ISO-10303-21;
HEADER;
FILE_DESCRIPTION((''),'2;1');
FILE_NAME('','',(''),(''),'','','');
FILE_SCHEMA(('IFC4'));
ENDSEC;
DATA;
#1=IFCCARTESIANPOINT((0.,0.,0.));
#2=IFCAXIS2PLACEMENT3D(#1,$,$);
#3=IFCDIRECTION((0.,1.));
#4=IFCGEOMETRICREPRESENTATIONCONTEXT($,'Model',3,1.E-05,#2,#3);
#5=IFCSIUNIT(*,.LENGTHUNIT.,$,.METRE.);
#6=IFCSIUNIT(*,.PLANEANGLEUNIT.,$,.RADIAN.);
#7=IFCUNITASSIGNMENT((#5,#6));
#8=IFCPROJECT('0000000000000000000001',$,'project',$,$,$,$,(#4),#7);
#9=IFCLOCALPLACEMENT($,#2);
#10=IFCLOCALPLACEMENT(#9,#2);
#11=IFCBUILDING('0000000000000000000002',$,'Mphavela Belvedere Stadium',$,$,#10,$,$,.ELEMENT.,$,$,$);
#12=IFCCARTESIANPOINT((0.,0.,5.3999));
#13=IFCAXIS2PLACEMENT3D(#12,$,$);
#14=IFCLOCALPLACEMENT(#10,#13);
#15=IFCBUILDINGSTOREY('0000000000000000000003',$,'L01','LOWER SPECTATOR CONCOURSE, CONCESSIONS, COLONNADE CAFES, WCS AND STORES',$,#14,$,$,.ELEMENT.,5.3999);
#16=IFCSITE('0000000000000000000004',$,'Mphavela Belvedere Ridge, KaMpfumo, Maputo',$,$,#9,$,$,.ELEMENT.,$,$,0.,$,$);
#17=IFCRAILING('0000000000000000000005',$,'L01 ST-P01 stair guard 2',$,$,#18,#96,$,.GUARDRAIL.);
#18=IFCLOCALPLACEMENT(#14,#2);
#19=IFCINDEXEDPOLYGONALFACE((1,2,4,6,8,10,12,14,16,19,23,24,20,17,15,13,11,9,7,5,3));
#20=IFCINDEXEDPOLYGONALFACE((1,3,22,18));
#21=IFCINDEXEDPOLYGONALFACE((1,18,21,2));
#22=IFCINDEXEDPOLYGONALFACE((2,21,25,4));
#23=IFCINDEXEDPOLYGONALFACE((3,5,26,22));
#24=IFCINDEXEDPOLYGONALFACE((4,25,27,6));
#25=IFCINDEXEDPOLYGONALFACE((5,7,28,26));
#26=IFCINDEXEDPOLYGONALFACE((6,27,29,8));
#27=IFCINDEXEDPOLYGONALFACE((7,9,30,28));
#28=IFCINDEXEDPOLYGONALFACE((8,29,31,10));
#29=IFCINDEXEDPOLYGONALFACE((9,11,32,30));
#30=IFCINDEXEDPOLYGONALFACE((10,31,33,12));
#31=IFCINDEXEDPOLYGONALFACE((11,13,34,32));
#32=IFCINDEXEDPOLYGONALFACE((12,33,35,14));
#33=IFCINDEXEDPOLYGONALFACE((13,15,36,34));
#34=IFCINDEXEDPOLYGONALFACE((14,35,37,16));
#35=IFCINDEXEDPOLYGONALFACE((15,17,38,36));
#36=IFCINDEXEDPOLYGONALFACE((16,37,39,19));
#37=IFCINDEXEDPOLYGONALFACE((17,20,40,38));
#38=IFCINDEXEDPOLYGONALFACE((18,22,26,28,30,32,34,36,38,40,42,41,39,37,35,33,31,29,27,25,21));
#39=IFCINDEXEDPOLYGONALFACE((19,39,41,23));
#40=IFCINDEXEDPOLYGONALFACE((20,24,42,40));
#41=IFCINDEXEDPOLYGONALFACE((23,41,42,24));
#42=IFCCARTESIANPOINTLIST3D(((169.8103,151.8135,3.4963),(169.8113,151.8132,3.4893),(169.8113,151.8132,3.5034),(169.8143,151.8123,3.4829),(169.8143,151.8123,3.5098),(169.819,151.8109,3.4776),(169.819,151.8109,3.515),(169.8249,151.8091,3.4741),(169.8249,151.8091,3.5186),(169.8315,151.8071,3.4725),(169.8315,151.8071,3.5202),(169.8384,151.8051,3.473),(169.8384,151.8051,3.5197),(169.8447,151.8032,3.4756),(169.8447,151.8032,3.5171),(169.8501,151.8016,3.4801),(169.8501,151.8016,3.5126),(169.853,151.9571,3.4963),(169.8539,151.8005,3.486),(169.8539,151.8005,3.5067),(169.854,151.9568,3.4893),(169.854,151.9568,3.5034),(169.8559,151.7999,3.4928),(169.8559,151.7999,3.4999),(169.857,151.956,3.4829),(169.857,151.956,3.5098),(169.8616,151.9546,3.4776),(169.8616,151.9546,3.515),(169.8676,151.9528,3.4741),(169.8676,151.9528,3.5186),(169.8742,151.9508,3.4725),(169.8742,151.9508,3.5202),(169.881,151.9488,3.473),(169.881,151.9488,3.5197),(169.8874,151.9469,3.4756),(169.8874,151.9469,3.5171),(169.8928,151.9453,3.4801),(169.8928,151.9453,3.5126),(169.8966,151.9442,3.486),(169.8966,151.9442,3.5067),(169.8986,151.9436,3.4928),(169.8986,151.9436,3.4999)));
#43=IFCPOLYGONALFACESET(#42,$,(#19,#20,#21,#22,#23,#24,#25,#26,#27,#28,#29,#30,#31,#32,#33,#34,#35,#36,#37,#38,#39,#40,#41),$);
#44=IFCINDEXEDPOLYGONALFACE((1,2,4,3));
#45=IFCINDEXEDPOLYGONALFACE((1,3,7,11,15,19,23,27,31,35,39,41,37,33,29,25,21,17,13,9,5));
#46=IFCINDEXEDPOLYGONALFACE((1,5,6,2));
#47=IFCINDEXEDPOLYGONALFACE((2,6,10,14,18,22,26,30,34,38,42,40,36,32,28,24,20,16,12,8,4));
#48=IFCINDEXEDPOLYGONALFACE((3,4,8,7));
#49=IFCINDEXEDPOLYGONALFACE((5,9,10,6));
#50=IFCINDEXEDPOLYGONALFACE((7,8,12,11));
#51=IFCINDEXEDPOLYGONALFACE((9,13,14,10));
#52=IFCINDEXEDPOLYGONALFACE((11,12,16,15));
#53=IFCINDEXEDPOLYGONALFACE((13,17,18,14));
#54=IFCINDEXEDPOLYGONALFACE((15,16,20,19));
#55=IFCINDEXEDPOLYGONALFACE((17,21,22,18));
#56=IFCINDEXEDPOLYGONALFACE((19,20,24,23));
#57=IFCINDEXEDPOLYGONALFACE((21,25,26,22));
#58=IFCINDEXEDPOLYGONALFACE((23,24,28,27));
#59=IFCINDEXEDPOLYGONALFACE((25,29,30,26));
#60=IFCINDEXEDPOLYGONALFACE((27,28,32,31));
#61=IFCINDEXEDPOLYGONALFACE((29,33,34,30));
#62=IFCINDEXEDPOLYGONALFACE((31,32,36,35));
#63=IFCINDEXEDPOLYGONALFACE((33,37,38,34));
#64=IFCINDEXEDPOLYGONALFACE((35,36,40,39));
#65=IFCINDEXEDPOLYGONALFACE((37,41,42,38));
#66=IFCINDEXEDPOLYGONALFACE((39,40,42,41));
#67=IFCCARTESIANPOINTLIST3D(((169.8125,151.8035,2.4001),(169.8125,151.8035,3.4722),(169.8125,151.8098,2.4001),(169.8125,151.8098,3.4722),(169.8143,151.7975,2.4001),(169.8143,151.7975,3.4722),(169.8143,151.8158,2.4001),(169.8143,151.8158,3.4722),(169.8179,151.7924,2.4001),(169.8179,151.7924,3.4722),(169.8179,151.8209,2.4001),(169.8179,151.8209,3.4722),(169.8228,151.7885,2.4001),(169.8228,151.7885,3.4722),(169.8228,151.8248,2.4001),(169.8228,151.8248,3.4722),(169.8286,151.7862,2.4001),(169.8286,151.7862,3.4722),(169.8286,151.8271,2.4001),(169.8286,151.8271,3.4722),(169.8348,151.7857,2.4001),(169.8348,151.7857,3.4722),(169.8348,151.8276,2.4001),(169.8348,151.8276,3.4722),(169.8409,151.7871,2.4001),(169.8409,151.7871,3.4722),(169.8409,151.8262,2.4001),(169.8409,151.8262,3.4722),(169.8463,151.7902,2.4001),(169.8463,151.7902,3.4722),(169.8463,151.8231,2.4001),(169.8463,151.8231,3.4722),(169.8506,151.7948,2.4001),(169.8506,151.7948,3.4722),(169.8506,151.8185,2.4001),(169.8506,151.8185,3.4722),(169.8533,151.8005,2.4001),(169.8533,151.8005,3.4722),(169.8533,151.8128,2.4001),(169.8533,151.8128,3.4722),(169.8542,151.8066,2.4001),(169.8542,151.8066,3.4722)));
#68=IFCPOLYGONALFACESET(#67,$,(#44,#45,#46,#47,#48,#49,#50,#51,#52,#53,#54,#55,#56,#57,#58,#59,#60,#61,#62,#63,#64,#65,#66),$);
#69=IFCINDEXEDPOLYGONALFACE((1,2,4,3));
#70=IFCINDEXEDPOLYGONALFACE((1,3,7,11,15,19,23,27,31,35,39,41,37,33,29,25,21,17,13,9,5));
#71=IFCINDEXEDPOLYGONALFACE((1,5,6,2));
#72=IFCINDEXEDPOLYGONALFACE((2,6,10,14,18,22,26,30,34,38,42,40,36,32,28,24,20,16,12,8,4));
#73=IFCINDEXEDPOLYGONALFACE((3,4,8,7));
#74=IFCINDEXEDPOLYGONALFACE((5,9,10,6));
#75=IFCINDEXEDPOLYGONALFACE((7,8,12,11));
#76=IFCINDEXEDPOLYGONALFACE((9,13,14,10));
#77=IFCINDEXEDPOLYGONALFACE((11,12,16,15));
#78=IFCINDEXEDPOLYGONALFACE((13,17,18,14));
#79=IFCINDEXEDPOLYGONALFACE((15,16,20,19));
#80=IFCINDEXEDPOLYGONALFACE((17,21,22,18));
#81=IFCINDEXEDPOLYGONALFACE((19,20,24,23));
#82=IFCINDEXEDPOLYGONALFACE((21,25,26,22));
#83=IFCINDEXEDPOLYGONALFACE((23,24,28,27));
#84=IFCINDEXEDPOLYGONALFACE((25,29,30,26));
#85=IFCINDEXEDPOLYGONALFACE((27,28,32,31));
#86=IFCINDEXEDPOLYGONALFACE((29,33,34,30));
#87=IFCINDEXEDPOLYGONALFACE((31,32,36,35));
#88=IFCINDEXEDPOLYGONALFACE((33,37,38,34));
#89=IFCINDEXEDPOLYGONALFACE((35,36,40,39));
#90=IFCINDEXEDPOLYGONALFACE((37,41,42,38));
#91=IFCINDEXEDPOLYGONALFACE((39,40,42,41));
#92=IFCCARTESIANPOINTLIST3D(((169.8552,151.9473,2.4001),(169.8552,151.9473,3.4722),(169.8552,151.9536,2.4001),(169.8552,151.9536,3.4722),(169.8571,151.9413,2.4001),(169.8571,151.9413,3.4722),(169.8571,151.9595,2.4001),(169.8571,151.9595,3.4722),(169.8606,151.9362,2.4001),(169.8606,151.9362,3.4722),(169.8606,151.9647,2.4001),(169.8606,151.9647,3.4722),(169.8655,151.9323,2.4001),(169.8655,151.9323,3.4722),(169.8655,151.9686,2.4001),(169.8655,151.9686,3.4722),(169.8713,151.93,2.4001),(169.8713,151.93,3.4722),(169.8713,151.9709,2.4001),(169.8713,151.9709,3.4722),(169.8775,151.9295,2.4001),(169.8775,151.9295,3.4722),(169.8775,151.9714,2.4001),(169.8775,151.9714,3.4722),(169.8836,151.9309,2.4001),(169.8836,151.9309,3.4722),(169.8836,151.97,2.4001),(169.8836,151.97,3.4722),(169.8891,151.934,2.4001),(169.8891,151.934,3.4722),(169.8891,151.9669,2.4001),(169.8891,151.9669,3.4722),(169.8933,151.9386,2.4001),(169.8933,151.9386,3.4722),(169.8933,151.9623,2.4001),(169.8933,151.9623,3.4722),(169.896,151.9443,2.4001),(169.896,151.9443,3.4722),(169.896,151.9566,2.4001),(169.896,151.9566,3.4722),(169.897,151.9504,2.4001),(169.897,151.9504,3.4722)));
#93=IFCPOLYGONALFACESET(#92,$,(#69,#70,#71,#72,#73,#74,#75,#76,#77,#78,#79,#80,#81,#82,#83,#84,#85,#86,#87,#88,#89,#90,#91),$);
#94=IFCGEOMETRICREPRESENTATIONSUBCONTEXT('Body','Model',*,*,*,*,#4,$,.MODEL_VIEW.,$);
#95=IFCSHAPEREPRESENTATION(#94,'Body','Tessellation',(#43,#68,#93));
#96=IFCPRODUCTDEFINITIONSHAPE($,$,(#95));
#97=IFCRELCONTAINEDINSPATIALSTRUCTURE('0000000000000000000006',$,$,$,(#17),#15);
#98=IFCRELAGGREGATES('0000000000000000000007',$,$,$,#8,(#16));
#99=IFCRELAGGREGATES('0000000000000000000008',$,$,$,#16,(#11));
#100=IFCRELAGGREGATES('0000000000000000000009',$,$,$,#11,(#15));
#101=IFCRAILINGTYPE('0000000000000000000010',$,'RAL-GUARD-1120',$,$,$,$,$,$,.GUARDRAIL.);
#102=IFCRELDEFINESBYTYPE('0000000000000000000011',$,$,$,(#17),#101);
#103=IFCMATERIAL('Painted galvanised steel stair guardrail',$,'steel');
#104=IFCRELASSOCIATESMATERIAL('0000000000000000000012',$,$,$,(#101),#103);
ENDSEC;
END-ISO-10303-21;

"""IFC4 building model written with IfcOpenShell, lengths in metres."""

from ifc_helpers import new_model, si_unit, direction, frame, origin, origin_2d, place, context, subcontext, project, spatial, circle, extrude, material, type_object, element, save


model = new_model("IFC4")

# Units and contexts
model_context = context("Model", 3, precision=1e-05, world=origin(), true_north=direction((0.0, 1.0)))
body_context = subcontext(model_context, "Body", "Model", "MODEL_VIEW")
ifc_project = project(units=[si_unit("LENGTHUNIT", "METRE"), si_unit("PLANEANGLEUNIT", "RADIAN")], contexts=[model_context])

# Site, building, storey
site_placement = place(None, origin())
site = spatial("IfcSite", under=ifc_project, at=site_placement, Name="Mphavela Belvedere Ridge, KaMpfumo, Maputo", CompositionType="ELEMENT", RefElevation=0.0)
building_placement = place(site_placement, origin())
building = spatial("IfcBuilding", under=site, at=building_placement, Name="Mphavela Belvedere Stadium", CompositionType="ELEMENT")
storey_placement = place(building_placement, frame((0.0, 0.0, 5.3999)))
storey = spatial("IfcBuildingStorey", under=building, at=storey_placement, Name="L01", Description="LOWER SPECTATOR CONCOURSE, CONCESSIONS, COLONNADE CAFES, WCS AND STORES", CompositionType="ELEMENT", Elevation=5.3999)

# Railing
ifc_material_1 = material(Name="Painted galvanised steel stair guardrail", Category="steel")
railing_type_1 = type_object("IfcRailingType", Name="RAL-GUARD-1120", PredefinedType="GUARDRAIL", material=ifc_material_1)
railing_1_placement = place(storey_placement, frame((169.8333, 151.8066, 2.4001)))
element("IfcRailing", 1, at=railing_1_placement, inside=storey, type_object=railing_type_1, Name="L01 ST-P01 stair guard 2", PredefinedType="GUARDRAIL", context=body_context, shape_type="SweptSolid", body=[
    extrude(circle(Radius=0.0239, at=origin_2d()), frame((0.0, 0.0, 1.0962), z_axis=(0.284809, 0.958584, 0.0), x_axis=(-0.958584, 0.284809, 0.0)), (0.0, 0.0, 1.0), 0.1499),
    extrude(circle(Radius=0.021, at=origin_2d()), origin(), (0.0, 0.0, 1.0), 1.072),
    extrude(circle(Radius=0.021, at=origin_2d()), frame((0.0427, 0.1438, 0.0)), (0.0, 0.0, 1.0), 1.072),
])

save(model, "model.ifc")
